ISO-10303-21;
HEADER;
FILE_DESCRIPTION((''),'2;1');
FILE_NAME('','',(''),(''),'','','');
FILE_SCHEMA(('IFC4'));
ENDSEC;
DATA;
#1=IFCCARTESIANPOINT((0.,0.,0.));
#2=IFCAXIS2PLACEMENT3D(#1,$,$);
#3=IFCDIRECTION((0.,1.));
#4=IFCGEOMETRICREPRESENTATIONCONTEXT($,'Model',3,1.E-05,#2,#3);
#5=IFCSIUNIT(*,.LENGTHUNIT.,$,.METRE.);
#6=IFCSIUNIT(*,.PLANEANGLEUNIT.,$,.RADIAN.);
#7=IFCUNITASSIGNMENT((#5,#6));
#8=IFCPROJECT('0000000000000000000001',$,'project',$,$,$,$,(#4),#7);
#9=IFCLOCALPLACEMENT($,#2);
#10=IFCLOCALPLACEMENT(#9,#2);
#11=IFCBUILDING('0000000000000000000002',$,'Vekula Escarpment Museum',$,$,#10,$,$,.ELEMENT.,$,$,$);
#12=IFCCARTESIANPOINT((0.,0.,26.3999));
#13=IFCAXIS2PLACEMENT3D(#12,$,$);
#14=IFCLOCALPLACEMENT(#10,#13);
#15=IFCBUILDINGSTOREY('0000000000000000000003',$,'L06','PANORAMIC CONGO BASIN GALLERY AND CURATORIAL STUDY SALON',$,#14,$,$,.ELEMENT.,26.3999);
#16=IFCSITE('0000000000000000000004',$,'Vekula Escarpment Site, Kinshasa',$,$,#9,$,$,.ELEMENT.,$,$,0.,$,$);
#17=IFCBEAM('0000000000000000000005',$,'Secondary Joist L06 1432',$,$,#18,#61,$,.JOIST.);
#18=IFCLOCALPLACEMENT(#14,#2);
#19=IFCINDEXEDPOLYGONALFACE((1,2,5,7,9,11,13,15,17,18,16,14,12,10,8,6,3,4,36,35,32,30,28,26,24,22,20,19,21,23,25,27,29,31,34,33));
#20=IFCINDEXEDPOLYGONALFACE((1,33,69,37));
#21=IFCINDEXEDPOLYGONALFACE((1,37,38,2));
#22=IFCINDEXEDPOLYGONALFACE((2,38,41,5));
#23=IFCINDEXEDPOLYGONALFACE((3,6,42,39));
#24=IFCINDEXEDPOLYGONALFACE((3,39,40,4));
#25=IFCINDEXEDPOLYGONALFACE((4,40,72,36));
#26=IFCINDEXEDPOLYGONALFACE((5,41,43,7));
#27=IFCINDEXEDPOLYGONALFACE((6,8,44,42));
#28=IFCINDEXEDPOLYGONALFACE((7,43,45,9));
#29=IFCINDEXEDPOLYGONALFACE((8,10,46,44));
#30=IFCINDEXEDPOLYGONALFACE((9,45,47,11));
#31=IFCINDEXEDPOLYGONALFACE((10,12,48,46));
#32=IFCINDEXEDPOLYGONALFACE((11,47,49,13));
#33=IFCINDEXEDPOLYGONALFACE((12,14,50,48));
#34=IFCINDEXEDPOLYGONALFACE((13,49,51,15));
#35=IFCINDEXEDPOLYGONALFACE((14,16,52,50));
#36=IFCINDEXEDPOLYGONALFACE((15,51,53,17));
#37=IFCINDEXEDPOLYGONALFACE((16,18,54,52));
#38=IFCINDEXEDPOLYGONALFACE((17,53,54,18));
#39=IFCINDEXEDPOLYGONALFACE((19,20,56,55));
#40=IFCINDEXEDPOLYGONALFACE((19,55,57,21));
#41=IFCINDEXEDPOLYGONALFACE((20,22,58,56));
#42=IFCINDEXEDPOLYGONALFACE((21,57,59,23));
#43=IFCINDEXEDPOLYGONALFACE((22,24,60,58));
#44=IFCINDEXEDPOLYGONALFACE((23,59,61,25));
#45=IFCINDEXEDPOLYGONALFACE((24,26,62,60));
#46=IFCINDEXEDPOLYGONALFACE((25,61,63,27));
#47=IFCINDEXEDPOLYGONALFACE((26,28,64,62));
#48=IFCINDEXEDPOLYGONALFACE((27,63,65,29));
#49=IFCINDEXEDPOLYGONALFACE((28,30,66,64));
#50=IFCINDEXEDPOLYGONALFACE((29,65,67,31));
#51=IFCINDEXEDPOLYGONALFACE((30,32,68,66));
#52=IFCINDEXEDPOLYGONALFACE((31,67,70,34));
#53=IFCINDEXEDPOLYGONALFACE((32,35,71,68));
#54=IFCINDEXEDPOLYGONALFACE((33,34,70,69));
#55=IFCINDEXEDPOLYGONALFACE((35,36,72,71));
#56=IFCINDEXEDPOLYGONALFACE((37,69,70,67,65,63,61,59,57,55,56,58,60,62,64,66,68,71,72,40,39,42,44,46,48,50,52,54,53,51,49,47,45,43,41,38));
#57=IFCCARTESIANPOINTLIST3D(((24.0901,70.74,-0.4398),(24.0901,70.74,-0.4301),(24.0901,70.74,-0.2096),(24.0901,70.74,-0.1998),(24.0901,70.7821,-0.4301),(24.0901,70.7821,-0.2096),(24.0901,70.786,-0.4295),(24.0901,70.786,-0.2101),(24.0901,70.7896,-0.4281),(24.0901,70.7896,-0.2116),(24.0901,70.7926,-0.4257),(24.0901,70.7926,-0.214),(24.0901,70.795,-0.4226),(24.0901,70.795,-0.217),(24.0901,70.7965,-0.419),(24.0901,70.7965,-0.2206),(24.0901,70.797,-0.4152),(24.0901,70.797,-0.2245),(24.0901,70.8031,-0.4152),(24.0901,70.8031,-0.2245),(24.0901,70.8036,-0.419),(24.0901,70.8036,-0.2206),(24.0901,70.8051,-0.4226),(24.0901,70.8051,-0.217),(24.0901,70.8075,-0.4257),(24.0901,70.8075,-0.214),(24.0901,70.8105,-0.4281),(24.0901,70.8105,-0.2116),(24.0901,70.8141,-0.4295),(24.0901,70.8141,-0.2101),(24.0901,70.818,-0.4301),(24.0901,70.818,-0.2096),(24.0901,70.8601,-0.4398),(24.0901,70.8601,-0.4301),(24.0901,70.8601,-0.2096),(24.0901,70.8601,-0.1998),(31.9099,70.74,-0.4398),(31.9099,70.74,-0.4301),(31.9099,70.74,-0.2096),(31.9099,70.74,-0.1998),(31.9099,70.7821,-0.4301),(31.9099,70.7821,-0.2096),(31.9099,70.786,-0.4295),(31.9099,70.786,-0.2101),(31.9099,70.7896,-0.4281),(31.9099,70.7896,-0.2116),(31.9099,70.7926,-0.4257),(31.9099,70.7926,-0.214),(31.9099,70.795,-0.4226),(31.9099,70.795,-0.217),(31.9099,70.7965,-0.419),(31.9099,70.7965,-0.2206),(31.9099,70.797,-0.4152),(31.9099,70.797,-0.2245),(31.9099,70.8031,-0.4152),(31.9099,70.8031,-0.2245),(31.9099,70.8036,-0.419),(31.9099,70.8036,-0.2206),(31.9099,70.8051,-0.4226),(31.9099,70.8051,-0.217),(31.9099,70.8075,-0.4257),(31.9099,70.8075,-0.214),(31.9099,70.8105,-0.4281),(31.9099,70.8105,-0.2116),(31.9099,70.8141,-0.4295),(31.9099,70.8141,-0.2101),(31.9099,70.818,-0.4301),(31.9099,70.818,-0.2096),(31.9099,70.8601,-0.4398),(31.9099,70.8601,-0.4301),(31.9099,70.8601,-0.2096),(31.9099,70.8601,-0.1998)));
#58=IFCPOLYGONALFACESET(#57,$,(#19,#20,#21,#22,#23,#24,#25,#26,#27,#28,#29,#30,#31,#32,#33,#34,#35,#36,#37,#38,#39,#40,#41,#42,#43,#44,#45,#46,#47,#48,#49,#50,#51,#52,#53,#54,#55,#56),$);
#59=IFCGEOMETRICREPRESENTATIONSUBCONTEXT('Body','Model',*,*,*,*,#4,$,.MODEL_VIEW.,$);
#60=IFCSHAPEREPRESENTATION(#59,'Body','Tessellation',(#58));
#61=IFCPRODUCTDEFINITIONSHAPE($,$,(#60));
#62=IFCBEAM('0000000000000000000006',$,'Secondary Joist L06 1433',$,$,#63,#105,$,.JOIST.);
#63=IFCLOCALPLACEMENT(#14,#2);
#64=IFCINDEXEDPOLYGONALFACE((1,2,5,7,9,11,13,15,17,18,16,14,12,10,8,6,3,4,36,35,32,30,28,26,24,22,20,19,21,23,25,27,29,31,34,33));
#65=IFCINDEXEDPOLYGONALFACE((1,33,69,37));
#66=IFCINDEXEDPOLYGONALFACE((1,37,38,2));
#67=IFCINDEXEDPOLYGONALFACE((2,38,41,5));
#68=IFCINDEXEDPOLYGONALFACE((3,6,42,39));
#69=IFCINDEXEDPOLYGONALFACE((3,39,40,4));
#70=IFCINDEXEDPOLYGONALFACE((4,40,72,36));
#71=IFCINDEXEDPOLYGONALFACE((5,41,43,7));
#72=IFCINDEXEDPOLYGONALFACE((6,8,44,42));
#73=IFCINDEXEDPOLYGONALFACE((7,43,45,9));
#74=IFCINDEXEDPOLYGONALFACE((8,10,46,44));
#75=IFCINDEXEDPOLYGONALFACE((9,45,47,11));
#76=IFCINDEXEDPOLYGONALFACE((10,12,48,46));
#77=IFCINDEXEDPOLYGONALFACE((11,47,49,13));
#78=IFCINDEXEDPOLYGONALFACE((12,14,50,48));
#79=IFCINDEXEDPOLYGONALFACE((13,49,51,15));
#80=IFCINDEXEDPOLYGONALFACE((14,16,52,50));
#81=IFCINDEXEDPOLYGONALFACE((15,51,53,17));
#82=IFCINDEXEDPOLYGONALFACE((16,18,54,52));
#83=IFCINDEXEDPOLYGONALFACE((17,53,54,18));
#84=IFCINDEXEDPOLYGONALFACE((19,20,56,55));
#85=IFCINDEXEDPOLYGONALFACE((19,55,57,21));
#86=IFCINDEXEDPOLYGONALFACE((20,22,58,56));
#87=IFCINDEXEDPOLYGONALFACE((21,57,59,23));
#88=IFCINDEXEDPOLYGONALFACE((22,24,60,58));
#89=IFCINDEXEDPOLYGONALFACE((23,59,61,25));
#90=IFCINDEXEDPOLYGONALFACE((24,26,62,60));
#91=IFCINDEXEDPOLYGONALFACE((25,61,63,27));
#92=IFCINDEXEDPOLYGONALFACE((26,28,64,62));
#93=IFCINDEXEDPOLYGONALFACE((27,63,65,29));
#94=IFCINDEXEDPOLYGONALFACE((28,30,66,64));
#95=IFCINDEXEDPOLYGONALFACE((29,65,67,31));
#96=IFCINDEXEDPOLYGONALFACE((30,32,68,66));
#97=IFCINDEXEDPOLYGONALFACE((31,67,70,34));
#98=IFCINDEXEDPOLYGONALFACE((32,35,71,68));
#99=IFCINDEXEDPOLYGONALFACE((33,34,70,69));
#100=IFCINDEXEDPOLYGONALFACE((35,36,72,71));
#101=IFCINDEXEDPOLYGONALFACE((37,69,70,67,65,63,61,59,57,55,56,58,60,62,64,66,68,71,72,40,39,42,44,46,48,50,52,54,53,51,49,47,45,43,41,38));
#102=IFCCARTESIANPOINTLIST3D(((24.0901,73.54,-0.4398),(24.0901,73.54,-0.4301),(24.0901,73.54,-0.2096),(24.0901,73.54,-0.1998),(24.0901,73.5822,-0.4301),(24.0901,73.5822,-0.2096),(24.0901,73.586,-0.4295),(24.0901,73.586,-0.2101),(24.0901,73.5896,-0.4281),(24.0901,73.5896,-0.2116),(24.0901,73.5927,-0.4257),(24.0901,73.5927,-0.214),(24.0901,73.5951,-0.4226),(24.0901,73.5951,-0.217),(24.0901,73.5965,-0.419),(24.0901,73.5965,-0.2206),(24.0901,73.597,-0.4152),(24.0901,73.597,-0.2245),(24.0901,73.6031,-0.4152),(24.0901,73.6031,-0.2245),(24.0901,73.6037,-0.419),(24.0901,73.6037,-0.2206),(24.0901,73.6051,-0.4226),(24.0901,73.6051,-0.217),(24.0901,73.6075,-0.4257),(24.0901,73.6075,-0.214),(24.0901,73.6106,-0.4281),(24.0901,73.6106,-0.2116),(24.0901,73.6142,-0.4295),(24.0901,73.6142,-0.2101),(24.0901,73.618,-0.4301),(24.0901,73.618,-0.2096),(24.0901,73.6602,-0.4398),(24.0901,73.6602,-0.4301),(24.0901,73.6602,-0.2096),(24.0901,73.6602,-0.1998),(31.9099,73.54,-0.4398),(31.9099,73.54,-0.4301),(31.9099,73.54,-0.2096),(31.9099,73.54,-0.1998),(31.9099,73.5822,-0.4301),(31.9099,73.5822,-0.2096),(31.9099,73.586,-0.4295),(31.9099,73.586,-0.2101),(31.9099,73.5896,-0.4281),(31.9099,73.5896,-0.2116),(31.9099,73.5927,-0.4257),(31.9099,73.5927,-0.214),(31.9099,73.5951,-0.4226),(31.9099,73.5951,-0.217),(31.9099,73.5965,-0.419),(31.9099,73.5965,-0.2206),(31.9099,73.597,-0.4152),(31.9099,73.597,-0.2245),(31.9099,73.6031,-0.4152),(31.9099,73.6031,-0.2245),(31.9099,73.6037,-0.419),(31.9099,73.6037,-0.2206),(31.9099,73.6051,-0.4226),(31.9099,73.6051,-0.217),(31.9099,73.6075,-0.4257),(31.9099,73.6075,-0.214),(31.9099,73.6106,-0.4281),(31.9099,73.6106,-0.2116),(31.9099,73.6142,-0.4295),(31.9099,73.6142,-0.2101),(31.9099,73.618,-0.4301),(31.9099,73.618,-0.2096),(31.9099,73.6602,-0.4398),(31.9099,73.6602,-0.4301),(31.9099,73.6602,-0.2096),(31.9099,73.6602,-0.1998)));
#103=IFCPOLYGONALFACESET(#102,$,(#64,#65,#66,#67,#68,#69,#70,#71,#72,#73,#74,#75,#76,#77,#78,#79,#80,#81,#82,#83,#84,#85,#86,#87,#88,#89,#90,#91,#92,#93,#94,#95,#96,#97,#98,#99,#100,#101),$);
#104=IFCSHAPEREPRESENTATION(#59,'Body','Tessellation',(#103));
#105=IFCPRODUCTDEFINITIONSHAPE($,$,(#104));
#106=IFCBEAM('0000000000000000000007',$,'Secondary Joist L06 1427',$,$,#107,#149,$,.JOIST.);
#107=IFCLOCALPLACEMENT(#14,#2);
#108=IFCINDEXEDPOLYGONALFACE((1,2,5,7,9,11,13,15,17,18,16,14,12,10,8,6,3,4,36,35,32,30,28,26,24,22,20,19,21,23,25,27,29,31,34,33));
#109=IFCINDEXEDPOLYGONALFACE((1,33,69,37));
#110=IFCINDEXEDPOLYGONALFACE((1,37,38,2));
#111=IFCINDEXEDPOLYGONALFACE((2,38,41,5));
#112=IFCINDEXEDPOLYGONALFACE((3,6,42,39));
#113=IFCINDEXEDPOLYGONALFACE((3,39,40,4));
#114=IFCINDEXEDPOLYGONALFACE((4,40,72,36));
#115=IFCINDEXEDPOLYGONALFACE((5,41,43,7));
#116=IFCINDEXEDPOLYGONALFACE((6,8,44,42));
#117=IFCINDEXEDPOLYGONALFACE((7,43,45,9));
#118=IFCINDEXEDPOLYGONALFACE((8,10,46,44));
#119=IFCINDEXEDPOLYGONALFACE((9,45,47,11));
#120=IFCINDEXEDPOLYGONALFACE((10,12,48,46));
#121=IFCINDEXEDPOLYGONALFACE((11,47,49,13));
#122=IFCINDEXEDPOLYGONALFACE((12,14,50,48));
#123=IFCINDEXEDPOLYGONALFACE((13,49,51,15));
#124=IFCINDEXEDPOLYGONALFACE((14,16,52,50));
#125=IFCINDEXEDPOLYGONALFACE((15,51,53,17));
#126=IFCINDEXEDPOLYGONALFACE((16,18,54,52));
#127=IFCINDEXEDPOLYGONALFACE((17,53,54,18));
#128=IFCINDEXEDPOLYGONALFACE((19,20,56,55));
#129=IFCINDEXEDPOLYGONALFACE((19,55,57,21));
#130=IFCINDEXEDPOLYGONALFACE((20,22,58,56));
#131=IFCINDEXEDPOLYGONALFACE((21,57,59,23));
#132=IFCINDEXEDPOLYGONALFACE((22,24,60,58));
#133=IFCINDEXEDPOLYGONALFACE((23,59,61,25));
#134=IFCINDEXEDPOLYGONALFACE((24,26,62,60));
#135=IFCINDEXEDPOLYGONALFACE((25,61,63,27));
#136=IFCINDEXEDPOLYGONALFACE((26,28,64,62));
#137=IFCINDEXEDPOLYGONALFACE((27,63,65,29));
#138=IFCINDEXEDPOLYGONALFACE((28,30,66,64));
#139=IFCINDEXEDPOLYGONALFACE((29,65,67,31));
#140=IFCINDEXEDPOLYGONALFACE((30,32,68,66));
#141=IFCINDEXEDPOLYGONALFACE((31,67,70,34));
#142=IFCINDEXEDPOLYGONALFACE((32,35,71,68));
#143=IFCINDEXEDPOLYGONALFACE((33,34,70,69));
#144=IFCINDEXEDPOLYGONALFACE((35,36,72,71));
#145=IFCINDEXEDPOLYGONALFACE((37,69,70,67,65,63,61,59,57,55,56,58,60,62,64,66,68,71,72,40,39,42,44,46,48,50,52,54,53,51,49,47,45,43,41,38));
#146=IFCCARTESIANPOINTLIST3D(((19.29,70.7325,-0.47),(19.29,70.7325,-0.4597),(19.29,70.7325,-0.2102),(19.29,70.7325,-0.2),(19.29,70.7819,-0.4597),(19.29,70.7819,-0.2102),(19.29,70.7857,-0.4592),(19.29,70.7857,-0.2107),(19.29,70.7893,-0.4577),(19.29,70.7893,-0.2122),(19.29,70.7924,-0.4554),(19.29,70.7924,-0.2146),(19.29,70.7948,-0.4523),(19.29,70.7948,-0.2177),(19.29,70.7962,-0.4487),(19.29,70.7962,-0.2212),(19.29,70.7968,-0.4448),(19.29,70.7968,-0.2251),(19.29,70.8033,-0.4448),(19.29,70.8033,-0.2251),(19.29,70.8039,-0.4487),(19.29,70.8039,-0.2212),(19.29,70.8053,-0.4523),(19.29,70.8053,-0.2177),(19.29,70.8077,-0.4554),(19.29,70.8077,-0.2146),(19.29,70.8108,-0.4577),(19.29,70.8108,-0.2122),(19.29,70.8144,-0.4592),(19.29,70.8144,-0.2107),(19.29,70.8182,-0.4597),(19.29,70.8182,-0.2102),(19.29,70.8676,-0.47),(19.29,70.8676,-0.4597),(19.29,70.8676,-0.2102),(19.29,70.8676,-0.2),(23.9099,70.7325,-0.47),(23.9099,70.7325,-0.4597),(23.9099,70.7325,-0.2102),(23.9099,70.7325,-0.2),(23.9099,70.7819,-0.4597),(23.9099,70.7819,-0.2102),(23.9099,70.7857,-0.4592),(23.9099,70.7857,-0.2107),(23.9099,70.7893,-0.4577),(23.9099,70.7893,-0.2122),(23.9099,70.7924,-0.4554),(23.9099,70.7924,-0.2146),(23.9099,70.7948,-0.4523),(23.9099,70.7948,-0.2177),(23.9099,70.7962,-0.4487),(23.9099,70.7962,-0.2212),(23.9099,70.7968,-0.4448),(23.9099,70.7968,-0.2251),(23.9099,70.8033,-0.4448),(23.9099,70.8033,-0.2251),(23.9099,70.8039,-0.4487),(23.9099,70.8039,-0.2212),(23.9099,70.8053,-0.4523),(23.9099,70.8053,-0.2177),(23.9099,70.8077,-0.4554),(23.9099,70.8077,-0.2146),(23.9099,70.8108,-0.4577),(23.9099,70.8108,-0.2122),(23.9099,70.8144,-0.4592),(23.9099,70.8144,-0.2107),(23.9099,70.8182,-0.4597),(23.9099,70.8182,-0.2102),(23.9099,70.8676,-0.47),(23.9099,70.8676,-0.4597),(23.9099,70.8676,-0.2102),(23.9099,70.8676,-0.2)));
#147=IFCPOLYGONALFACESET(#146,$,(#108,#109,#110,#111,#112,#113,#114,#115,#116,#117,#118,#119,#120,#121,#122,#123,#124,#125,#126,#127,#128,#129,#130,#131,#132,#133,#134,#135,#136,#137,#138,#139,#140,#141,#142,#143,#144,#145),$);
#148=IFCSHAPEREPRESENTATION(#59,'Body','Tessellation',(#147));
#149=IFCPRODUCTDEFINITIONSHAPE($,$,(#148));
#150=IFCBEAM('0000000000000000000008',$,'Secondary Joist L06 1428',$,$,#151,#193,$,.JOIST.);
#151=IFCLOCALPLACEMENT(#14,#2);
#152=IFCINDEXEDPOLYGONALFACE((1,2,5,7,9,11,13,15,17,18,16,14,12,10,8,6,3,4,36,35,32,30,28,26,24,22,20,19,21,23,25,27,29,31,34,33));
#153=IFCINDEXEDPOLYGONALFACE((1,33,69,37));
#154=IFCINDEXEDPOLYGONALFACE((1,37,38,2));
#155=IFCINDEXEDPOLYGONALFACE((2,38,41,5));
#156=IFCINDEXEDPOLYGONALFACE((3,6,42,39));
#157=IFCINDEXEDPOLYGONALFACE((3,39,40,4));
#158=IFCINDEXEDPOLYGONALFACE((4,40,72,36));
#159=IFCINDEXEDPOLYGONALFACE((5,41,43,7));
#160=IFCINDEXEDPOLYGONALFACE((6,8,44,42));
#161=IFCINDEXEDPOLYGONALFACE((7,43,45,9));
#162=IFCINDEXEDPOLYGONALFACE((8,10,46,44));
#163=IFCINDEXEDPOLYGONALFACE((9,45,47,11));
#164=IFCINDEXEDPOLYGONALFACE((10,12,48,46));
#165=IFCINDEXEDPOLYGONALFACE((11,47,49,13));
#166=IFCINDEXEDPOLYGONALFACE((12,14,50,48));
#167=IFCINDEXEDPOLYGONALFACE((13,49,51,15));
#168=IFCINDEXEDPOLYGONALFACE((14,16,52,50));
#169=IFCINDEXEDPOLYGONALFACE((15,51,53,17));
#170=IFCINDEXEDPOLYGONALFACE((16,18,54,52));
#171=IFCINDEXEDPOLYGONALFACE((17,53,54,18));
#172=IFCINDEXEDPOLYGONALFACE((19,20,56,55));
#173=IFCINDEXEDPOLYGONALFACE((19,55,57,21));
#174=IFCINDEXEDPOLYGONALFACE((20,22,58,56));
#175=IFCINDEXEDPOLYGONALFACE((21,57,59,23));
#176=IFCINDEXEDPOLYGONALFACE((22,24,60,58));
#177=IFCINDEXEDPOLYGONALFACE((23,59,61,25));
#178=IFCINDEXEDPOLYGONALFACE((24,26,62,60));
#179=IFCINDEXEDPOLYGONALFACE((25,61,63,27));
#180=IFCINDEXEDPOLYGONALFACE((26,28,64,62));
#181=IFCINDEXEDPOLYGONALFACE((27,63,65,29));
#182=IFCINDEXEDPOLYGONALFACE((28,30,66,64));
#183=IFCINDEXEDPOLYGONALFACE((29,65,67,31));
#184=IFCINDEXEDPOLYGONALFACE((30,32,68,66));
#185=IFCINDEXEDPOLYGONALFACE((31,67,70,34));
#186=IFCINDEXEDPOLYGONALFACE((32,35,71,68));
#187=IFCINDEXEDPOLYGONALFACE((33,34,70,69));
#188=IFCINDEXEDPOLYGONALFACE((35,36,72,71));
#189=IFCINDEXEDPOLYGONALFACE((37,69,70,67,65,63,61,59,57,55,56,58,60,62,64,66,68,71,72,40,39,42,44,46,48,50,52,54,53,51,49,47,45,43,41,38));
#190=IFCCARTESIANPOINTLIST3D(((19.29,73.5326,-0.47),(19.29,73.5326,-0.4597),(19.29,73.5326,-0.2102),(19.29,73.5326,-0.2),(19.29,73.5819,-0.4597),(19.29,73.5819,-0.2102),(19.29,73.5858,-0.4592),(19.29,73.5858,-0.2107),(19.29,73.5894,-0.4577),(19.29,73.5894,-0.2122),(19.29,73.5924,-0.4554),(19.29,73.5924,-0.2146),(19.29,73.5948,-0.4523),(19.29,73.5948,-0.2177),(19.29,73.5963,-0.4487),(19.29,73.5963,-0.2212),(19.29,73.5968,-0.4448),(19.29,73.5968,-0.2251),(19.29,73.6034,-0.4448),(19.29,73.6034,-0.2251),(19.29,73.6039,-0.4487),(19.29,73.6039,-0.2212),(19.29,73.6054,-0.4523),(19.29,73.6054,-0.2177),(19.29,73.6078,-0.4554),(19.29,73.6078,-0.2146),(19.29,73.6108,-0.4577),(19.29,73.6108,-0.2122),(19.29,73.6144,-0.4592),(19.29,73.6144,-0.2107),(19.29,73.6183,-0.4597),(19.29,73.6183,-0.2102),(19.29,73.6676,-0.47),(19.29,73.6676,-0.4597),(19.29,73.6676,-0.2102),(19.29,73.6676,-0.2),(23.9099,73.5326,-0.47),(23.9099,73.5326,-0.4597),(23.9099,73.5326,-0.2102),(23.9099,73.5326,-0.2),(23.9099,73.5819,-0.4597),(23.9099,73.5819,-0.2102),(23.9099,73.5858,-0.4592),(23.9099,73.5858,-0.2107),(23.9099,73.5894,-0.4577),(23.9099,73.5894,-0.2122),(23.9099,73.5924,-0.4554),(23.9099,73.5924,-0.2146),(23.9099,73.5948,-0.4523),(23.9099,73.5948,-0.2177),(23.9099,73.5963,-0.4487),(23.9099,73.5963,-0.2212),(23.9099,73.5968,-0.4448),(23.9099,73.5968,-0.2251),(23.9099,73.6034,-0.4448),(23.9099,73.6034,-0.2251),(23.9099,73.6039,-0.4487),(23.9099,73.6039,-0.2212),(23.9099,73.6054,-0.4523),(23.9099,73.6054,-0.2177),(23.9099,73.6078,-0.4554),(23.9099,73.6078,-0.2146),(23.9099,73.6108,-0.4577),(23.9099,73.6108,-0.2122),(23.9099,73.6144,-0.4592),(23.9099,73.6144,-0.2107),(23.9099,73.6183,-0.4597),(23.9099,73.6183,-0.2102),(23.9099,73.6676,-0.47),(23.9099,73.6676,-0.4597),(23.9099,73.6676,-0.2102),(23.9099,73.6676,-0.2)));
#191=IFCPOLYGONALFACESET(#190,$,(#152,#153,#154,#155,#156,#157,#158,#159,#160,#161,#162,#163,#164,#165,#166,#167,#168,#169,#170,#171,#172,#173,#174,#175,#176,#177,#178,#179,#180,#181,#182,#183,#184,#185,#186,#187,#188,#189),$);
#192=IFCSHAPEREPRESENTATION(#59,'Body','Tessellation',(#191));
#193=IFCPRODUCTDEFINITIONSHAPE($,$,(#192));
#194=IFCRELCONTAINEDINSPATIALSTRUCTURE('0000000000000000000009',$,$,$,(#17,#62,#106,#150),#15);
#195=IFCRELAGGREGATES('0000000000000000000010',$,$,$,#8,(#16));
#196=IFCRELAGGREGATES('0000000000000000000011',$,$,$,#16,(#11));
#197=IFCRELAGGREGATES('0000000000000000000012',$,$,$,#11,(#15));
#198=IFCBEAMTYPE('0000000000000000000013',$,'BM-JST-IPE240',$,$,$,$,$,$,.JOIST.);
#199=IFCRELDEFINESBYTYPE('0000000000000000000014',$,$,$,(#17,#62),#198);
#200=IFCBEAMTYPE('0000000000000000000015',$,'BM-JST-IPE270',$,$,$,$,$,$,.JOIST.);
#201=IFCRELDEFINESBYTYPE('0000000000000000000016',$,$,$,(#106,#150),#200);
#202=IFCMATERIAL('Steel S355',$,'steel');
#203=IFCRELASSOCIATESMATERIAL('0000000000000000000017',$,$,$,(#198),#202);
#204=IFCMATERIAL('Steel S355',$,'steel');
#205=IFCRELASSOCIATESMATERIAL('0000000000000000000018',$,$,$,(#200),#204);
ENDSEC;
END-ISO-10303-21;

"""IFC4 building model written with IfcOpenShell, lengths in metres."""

from ifc_helpers import new_model, si_unit, direction, frame, origin, origin_2d, place, context, subcontext, project, spatial, i_section, extrude, material, material_profile, profile_set, type_object, element, save


model = new_model("IFC4")

# Units and contexts
model_context = context("Model", 3, precision=1e-05, world=origin(), true_north=direction((0.0, 1.0)))
body_context = subcontext(model_context, "Body", "Model", "MODEL_VIEW")
ifc_project = project(units=[si_unit("LENGTHUNIT", "METRE"), si_unit("PLANEANGLEUNIT", "RADIAN")], contexts=[model_context])

# Site, building, storey
site_placement = place(None, origin())
site = spatial("IfcSite", under=ifc_project, at=site_placement, Name="Vekula Escarpment Site, Kinshasa", CompositionType="ELEMENT", RefElevation=0.0)
building_placement = place(site_placement, origin())
building = spatial("IfcBuilding", under=site, at=building_placement, Name="Vekula Escarpment Museum", CompositionType="ELEMENT")
storey_placement = place(building_placement, frame((0.0, 0.0, 26.3999)))
storey = spatial("IfcBuildingStorey", under=building, at=storey_placement, Name="L06", Description="PANORAMIC CONGO BASIN GALLERY AND CURATORIAL STUDY SALON", CompositionType="ELEMENT", Elevation=26.3999)

# Beams
ifc_material_1 = material(Name="Steel S355", Category="steel")
ifc_material_profile_1 = material_profile(ifc_material_1, i_section(OverallWidth=0.1201, OverallDepth=0.24, WebThickness=0.0061, FlangeThickness=0.0098, FilletRadius=0.0149, at=origin_2d()), Name="IPE 240")
ifc_profile_set_1 = profile_set([ifc_material_profile_1], Name="Steel S355")
beam_type_1 = type_object("IfcBeamType", Name="BM-JST-IPE240", PredefinedType="JOIST", material=ifc_profile_set_1)
for number, where, z_axis, x_axis, name in (
    (1, (24.0901, 70.8, -0.3198), (1.0, 0.0, 0.0), (0.0, 1.0, 0.0), "Secondary Joist L06 1432"),
    (2, (24.0901, 73.6001, -0.3198), (1.0, 0.0, 0.0), (0.0, 1.0, 0.0), "Secondary Joist L06 1433"),
):
    element("IfcBeam", number, at=place(storey_placement, frame(where, z_axis=z_axis, x_axis=x_axis)), inside=storey, type_object=beam_type_1, Name=name, PredefinedType="JOIST", context=body_context, shape_type="SweptSolid", body=[
        extrude(i_section(OverallWidth=0.1201, OverallDepth=0.24, WebThickness=0.0061, FlangeThickness=0.0098, FilletRadius=0.0149, at=origin_2d()), origin(), (0.0, 0.0, 1.0), 7.8198),
    ])
ifc_material_2 = material(Name="Steel S355", Category="steel")
ifc_material_profile_2 = material_profile(ifc_material_2, i_section(OverallWidth=0.135, OverallDepth=0.27, WebThickness=0.0066, FlangeThickness=0.0103, FilletRadius=0.0149, at=origin_2d()), Name="IPE 270")
ifc_profile_set_2 = profile_set([ifc_material_profile_2], Name="Steel S355")
beam_type_2 = type_object("IfcBeamType", Name="BM-JST-IPE270", PredefinedType="JOIST", material=ifc_profile_set_2)
for number, where, z_axis, x_axis, name in (
    (3, (19.29, 70.8, -0.335), (1.0, 0.0, 0.0), (0.0, 1.0, 0.0), "Secondary Joist L06 1427"),
    (4, (19.29, 73.6001, -0.335), (1.0, 0.0, 0.0), (0.0, 1.0, 0.0), "Secondary Joist L06 1428"),
):
    element("IfcBeam", number, at=place(storey_placement, frame(where, z_axis=z_axis, x_axis=x_axis)), inside=storey, type_object=beam_type_2, Name=name, PredefinedType="JOIST", context=body_context, shape_type="SweptSolid", body=[
        extrude(i_section(OverallWidth=0.135, OverallDepth=0.27, WebThickness=0.0066, FlangeThickness=0.0103, FilletRadius=0.0149, at=origin_2d()), origin(), (0.0, 0.0, 1.0), 4.6199),
    ])

save(model, "model.ifc")
